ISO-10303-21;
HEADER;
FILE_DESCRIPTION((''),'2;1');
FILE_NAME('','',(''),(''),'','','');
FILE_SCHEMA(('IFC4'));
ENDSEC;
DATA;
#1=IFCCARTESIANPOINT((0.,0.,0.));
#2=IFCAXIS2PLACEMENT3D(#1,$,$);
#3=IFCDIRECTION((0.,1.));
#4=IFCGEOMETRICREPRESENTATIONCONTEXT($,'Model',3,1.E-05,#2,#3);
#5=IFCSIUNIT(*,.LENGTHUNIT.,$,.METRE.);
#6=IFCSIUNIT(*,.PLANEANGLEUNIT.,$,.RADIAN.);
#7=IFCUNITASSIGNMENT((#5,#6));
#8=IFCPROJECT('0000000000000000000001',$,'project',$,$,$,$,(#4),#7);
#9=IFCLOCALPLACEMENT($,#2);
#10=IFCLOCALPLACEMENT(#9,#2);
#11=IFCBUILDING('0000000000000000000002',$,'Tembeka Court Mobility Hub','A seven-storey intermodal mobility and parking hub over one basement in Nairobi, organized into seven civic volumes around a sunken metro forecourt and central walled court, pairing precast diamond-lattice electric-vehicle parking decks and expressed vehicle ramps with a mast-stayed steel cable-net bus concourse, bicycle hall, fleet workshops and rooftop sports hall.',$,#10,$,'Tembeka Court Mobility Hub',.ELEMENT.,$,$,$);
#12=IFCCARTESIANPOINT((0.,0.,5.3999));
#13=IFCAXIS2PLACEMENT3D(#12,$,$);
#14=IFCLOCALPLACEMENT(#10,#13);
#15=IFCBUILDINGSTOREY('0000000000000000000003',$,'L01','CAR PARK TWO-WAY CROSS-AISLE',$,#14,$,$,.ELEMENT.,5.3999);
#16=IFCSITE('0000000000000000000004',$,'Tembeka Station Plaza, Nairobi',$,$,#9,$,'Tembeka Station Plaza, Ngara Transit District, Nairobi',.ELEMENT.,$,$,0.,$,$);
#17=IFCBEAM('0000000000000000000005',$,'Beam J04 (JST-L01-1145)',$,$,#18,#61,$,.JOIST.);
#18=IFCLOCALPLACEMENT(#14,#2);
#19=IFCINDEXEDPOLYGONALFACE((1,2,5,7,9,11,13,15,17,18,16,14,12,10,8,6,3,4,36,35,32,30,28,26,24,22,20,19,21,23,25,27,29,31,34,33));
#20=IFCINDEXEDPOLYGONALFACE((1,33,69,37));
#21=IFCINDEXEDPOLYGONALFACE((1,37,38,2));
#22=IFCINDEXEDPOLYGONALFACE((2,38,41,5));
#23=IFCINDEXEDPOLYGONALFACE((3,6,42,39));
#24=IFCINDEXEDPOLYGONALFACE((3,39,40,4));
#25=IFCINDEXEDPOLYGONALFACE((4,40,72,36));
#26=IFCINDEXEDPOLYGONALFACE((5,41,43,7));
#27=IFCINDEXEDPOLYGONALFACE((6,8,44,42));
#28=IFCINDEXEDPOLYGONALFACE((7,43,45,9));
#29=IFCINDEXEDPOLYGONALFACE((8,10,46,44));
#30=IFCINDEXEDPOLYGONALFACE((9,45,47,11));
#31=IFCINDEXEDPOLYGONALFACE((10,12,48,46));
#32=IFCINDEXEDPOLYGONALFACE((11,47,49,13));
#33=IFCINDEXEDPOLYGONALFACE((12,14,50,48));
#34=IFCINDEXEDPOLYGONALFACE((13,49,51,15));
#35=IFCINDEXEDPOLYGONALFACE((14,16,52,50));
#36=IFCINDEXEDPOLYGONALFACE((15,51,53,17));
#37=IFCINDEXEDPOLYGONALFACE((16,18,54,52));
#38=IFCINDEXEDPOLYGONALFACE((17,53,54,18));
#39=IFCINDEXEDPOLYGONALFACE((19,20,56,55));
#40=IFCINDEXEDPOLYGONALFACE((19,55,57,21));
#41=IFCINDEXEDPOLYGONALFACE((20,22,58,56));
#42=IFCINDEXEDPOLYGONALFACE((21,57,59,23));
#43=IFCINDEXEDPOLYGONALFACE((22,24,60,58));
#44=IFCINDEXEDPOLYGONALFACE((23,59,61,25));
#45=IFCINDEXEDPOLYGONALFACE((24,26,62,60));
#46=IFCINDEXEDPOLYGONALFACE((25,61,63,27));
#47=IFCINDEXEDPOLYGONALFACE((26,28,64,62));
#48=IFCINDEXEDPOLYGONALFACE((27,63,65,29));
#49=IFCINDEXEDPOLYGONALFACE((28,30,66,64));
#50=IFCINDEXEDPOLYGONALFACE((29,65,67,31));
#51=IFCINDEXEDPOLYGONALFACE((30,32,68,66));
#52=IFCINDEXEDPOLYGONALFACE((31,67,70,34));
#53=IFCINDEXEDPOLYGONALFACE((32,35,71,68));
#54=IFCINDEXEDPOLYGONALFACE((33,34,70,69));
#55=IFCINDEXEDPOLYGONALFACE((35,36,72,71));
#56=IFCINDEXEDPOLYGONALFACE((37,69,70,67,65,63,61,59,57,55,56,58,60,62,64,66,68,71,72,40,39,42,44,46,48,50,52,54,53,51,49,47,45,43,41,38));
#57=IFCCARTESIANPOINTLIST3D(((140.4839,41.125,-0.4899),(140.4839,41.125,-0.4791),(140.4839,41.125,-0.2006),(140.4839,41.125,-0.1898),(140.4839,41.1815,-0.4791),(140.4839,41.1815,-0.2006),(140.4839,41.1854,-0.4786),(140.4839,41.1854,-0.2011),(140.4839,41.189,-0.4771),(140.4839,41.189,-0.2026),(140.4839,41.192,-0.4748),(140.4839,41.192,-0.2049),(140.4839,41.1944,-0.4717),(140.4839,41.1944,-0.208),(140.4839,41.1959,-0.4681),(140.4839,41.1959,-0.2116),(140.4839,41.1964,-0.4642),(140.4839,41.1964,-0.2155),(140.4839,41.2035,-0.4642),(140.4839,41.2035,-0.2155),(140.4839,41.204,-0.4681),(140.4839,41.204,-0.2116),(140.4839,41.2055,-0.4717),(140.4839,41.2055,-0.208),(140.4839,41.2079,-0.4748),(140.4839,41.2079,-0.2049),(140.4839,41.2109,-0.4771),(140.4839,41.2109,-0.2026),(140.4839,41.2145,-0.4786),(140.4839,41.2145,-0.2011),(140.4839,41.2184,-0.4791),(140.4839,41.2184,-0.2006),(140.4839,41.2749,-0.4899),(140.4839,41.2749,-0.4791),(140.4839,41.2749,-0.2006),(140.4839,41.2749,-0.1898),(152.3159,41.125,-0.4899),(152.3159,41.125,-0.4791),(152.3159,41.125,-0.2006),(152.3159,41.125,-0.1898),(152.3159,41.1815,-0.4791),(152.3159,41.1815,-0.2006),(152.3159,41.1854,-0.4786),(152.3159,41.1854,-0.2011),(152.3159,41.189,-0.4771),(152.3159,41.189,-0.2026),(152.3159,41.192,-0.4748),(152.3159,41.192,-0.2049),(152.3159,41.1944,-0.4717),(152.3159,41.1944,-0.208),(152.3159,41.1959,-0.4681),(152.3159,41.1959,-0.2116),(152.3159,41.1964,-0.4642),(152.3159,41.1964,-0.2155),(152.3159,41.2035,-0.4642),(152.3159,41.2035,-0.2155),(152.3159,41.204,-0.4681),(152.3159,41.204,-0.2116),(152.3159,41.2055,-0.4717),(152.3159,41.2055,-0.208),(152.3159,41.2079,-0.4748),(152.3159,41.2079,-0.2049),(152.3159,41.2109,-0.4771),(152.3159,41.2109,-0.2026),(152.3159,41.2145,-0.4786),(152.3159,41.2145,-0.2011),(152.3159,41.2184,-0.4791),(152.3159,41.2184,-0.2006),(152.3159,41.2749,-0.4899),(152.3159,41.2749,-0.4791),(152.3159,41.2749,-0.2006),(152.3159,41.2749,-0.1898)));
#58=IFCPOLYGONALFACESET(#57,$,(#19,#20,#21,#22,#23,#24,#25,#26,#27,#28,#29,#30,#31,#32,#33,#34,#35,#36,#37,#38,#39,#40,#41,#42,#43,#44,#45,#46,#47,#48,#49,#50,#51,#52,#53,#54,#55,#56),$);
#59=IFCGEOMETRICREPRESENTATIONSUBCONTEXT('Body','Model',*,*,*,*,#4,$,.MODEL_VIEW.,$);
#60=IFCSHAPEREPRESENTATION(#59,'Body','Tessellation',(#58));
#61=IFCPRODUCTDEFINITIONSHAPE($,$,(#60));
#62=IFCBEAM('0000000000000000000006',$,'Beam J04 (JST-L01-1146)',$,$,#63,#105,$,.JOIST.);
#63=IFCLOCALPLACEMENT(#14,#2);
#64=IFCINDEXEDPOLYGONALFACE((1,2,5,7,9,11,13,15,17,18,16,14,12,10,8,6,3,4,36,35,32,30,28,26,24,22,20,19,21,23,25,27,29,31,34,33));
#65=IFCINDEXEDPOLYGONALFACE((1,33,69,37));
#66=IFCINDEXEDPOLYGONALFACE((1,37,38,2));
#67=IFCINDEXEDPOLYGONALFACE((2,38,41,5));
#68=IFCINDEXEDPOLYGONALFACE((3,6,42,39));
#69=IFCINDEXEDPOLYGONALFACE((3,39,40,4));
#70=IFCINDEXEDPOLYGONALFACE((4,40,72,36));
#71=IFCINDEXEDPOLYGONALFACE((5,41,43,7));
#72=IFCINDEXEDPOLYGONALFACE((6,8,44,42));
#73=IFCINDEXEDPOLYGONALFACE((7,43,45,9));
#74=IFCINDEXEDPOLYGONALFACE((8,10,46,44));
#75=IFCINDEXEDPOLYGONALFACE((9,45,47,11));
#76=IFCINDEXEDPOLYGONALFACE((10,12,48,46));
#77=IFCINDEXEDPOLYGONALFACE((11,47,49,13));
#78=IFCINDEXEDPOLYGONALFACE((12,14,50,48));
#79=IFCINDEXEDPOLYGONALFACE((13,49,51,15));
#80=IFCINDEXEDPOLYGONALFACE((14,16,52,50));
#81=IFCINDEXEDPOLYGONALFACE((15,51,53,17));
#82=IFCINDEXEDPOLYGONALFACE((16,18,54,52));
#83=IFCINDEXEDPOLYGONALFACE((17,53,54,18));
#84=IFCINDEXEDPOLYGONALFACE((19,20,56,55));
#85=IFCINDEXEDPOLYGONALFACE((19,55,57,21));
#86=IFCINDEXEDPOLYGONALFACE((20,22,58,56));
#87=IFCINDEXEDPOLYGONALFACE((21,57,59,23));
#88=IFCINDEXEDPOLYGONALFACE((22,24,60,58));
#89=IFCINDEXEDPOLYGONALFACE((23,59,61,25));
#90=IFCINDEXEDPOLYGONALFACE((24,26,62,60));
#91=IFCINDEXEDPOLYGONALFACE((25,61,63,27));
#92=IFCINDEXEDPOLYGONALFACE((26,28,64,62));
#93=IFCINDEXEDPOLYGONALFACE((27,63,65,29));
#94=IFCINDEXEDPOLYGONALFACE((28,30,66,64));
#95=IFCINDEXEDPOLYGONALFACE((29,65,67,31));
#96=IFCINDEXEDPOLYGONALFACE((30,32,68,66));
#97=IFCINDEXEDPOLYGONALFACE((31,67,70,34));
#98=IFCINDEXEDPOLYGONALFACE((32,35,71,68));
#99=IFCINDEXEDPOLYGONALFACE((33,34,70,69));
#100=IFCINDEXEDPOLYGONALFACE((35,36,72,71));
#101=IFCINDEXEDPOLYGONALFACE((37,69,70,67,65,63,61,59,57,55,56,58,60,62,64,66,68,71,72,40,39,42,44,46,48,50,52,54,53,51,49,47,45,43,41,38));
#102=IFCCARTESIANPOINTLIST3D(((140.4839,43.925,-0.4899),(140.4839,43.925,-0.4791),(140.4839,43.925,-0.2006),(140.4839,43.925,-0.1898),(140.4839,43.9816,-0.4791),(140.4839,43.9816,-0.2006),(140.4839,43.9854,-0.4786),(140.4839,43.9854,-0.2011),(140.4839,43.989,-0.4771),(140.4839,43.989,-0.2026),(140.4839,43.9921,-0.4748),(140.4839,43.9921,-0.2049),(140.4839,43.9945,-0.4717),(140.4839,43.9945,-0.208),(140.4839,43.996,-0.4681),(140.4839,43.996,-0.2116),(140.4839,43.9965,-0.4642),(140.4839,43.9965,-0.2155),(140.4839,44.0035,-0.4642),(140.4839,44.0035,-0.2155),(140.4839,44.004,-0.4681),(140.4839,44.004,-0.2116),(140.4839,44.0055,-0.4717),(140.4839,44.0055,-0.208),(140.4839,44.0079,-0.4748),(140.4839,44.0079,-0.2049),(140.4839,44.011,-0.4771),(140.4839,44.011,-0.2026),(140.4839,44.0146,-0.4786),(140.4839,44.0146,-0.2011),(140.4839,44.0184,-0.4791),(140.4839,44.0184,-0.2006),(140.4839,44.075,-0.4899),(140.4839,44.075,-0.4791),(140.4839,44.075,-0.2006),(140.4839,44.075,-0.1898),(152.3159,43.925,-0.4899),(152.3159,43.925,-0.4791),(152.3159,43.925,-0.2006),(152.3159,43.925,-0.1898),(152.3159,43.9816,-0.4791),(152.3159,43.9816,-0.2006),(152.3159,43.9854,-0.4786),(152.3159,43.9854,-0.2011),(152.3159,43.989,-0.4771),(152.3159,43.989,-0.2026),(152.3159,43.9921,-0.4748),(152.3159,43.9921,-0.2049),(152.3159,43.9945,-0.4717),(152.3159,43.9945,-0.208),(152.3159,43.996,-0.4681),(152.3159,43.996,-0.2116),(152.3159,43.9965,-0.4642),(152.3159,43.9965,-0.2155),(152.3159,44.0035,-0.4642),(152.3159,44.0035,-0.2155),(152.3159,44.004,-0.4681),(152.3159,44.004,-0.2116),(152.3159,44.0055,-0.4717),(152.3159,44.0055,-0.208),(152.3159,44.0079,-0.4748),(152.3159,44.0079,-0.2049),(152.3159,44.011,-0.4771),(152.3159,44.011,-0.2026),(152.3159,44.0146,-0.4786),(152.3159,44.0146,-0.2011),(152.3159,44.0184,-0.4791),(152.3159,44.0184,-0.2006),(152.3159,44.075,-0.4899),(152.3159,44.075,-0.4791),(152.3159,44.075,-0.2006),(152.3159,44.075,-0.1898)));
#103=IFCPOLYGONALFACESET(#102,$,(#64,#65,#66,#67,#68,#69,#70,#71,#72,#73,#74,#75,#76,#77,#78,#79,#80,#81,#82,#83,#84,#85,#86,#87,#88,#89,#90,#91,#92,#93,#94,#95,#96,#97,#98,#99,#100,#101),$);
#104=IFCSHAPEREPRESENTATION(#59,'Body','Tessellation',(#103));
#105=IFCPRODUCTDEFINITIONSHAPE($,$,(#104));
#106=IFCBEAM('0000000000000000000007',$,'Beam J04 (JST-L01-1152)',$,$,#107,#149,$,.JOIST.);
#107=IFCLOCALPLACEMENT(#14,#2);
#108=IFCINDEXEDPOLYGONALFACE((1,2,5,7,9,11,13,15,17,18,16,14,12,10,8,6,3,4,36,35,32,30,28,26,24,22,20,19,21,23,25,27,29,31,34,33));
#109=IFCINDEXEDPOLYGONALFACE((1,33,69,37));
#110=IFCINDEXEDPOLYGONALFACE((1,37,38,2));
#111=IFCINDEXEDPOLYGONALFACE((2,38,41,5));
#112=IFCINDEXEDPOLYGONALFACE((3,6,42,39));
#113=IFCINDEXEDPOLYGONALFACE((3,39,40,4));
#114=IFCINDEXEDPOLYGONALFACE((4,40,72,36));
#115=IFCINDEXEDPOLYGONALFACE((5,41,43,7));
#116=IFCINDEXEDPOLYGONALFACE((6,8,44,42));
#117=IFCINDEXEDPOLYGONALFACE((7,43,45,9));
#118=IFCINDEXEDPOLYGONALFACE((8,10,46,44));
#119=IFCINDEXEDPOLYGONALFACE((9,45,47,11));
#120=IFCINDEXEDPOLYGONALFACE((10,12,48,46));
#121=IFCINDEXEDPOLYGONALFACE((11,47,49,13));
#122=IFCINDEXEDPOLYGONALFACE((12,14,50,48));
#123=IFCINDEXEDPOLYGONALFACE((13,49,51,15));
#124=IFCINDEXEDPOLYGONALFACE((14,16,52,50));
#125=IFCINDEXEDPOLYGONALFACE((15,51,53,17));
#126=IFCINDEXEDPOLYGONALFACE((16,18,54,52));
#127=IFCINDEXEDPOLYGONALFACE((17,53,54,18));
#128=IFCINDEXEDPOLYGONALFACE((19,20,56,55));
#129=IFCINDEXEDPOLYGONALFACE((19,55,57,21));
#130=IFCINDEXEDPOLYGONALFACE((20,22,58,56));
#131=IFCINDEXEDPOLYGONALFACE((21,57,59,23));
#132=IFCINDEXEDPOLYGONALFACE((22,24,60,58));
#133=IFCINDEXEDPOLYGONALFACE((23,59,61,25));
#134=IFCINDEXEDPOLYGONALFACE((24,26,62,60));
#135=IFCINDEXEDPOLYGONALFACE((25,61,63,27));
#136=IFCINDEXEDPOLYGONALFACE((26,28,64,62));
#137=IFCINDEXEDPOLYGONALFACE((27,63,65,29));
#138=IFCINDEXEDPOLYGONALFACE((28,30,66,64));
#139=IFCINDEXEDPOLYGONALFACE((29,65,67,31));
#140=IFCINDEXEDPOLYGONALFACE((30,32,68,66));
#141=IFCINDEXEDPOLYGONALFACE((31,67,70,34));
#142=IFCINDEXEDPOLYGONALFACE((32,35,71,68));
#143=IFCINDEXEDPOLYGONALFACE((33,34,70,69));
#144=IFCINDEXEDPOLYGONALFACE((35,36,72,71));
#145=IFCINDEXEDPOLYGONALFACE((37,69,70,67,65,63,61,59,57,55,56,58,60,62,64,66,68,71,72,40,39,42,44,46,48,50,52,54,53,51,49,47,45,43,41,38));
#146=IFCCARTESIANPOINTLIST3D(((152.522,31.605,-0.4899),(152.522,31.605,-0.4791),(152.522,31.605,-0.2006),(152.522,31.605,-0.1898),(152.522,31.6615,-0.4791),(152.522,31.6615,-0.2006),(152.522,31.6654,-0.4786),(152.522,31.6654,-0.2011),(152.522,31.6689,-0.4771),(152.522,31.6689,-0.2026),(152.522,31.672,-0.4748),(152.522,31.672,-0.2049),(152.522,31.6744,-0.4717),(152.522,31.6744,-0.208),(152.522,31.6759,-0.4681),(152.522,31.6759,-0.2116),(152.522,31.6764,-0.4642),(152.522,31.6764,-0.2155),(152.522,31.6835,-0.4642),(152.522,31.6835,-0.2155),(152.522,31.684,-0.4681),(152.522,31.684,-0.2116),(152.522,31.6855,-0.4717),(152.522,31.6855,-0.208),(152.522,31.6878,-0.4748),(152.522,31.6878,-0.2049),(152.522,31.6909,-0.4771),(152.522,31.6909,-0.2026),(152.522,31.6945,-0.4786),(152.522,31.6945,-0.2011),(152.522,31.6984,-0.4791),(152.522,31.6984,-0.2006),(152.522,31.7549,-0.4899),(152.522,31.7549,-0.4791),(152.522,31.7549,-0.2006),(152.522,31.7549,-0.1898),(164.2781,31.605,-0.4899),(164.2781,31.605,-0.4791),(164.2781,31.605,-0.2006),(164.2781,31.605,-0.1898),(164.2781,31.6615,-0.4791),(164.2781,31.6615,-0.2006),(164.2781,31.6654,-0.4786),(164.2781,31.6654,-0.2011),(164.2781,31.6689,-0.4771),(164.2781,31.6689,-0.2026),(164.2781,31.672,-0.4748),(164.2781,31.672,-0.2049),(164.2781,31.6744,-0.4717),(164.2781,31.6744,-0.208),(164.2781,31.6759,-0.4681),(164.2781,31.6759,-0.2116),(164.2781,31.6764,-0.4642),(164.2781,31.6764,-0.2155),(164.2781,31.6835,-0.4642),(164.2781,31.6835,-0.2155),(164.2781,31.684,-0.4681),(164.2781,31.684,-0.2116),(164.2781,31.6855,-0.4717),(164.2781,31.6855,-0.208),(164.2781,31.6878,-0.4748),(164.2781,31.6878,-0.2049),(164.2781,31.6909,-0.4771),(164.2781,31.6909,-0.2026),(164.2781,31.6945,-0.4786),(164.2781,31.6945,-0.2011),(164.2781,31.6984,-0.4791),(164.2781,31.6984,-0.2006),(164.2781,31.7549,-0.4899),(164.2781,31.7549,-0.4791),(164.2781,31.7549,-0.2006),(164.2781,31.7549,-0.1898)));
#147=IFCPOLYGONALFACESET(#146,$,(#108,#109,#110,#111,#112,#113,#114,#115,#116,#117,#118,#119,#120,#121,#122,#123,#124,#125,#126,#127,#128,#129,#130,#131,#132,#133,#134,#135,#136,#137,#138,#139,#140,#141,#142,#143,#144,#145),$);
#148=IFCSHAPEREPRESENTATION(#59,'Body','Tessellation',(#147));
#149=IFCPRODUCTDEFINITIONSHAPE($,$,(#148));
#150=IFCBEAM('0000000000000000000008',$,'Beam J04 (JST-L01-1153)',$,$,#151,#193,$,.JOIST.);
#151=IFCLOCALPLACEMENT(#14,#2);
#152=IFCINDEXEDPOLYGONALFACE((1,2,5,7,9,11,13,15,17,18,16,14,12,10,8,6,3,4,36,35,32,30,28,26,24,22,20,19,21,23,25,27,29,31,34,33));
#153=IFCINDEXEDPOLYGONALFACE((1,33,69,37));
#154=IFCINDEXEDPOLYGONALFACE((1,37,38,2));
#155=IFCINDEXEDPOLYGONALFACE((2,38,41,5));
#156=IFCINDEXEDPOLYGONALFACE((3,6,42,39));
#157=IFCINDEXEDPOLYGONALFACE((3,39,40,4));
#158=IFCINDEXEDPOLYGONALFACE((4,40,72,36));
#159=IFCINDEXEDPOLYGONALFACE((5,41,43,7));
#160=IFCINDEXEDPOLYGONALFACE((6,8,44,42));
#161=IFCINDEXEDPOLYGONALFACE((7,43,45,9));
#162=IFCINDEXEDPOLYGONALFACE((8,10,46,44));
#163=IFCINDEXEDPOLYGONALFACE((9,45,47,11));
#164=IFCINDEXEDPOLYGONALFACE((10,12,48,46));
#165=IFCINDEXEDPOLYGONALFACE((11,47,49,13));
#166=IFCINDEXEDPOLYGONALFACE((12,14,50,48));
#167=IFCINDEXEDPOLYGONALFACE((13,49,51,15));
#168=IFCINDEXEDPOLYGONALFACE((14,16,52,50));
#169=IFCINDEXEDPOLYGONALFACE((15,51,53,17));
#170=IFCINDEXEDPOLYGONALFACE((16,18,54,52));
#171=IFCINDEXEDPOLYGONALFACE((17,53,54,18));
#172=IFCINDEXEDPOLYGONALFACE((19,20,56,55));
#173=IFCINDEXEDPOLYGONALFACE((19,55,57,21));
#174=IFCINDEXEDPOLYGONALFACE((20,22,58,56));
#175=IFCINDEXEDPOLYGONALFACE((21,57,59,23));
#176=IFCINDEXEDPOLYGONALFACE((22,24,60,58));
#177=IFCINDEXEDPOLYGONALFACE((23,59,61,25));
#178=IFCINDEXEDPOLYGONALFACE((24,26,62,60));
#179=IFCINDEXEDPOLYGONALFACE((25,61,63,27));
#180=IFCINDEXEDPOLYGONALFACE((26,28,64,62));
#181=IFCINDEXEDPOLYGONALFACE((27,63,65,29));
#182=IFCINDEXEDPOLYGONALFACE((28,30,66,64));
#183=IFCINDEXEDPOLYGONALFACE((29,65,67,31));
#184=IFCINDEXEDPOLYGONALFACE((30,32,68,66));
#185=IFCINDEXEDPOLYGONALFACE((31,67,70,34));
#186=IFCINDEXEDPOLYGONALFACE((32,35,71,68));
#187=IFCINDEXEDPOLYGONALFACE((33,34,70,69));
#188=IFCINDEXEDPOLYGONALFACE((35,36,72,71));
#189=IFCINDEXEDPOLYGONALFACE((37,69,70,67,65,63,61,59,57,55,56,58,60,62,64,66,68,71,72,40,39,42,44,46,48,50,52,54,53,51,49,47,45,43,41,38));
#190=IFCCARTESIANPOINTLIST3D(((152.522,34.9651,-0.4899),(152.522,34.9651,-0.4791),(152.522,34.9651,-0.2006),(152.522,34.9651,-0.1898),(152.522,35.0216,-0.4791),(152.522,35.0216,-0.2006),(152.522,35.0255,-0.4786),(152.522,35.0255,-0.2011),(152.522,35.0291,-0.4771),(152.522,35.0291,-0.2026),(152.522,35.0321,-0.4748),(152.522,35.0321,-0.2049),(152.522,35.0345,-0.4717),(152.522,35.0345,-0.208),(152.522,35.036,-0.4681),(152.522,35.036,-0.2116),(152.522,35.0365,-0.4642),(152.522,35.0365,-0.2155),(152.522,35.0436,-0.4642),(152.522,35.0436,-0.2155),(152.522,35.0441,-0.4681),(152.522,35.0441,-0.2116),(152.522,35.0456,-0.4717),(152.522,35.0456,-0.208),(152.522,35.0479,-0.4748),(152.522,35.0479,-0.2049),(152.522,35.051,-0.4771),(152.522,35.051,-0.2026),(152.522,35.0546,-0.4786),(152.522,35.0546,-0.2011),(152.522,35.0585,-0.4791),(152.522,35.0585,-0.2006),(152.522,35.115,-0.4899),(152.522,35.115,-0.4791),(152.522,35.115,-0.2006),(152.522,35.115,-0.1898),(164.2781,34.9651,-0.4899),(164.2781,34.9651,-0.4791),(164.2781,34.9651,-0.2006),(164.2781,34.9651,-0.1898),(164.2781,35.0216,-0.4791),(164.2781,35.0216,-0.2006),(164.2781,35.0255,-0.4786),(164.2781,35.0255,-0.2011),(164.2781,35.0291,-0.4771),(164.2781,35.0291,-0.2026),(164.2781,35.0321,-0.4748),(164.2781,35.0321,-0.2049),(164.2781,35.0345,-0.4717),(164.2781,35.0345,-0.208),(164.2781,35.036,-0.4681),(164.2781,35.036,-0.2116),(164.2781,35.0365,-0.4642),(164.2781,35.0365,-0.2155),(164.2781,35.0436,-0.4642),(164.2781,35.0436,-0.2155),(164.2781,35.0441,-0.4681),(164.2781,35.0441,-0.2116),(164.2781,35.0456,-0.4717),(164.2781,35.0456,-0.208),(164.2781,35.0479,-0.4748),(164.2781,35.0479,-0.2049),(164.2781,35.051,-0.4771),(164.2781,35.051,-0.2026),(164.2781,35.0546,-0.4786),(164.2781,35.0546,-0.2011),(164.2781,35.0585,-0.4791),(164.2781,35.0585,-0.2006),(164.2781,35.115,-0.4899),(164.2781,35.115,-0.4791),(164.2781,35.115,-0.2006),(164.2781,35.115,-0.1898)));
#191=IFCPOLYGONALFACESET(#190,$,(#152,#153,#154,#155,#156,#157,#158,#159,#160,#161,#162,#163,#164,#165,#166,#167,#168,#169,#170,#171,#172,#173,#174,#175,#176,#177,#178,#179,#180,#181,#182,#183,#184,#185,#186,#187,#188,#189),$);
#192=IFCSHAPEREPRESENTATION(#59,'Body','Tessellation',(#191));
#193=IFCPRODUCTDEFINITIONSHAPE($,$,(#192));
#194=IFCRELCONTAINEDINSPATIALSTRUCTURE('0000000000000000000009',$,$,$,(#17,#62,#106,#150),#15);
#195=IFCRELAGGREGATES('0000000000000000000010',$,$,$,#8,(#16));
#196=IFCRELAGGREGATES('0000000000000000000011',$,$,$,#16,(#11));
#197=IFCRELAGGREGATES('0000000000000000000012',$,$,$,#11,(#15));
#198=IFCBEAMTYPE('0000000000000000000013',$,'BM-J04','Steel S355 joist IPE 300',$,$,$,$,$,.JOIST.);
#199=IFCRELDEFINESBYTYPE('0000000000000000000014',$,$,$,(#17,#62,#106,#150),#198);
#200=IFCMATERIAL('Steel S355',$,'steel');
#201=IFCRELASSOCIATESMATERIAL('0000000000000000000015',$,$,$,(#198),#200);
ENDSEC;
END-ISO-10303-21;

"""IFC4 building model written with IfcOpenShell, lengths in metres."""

from ifc_helpers import new_model, si_unit, direction, frame, origin, origin_2d, place, context, subcontext, project, spatial, i_section, extrude, material, material_profile, profile_set, type_object, element, save


model = new_model("IFC4")

# Units and contexts
model_context = context("Model", 3, precision=1e-05, world=origin(), true_north=direction((0.0, 1.0)))
body_context = subcontext(model_context, "Body", "Model", "MODEL_VIEW")
ifc_project = project(units=[si_unit("LENGTHUNIT", "METRE"), si_unit("PLANEANGLEUNIT", "RADIAN")], contexts=[model_context])

# Site, building, storey
site_placement = place(None, origin())
site = spatial("IfcSite", under=ifc_project, at=site_placement, Name="Tembeka Station Plaza, Nairobi", LongName="Tembeka Station Plaza, Ngara Transit District, Nairobi", CompositionType="ELEMENT", RefElevation=0.0)
building_placement = place(site_placement, origin())
building = spatial("IfcBuilding", under=site, at=building_placement, Name="Tembeka Court Mobility Hub", Description="A seven-storey intermodal mobility and parking hub over one basement in Nairobi, organized into seven civic volumes around a sunken metro forecourt and central walled court, pairing precast diamond-lattice electric-vehicle parking decks and expressed vehicle ramps with a mast-stayed steel cable-net bus concourse, bicycle hall, fleet workshops and rooftop sports hall.", LongName="Tembeka Court Mobility Hub", CompositionType="ELEMENT")
storey_placement = place(building_placement, frame((0.0, 0.0, 5.3999)))
storey = spatial("IfcBuildingStorey", under=building, at=storey_placement, Name="L01", Description="CAR PARK TWO-WAY CROSS-AISLE", CompositionType="ELEMENT", Elevation=5.3999)

# Shared definitions
ifc_material_1 = material(Name="Steel S355", Category="steel")

# Beams
ifc_material_profile_1 = material_profile(ifc_material_1, i_section(OverallWidth=0.1499, OverallDepth=0.3, WebThickness=0.0071, FlangeThickness=0.0107, FilletRadius=0.0149, at=origin_2d()), Name="IPE 300")
ifc_profile_set_1 = profile_set([ifc_material_profile_1], Name="Steel S355")
beam_type_1 = type_object("IfcBeamType", Name="BM-J04", Description="Steel S355 joist IPE 300", PredefinedType="JOIST", material=ifc_profile_set_1)
for number, where, z_axis, x_axis, name in (
    (1, (140.4839, 41.2, -0.3398), (1.0, 0.0, 0.0), (0.0, 1.0, 0.0), "Beam J04 (JST-L01-1145)"),
    (2, (140.4839, 44.0, -0.3398), (1.0, 0.0, 0.0), (0.0, 1.0, 0.0), "Beam J04 (JST-L01-1146)"),
):
    element("IfcBeam", number, at=place(storey_placement, frame(where, z_axis=z_axis, x_axis=x_axis)), inside=storey, type_object=beam_type_1, Name=name, PredefinedType="JOIST", context=body_context, shape_type="SweptSolid", body=[
        extrude(i_section(OverallWidth=0.1499, OverallDepth=0.3, WebThickness=0.0071, FlangeThickness=0.0107, FilletRadius=0.0149, at=origin_2d()), origin(), (0.0, 0.0, 1.0), 11.832),
    ])
for number, where, z_axis, x_axis, name in (
    (3, (152.522, 31.6799, -0.3398), (1.0, 0.0, 0.0), (0.0, 1.0, 0.0), "Beam J04 (JST-L01-1152)"),
    (4, (152.522, 35.04, -0.3398), (1.0, 0.0, 0.0), (0.0, 1.0, 0.0), "Beam J04 (JST-L01-1153)"),
):
    element("IfcBeam", number, at=place(storey_placement, frame(where, z_axis=z_axis, x_axis=x_axis)), inside=storey, type_object=beam_type_1, Name=name, PredefinedType="JOIST", context=body_context, shape_type="SweptSolid", body=[
        extrude(i_section(OverallWidth=0.1499, OverallDepth=0.3, WebThickness=0.0071, FlangeThickness=0.0107, FilletRadius=0.0149, at=origin_2d()), origin(), (0.0, 0.0, 1.0), 11.7561),
    ])

save(model, "model.ifc")
